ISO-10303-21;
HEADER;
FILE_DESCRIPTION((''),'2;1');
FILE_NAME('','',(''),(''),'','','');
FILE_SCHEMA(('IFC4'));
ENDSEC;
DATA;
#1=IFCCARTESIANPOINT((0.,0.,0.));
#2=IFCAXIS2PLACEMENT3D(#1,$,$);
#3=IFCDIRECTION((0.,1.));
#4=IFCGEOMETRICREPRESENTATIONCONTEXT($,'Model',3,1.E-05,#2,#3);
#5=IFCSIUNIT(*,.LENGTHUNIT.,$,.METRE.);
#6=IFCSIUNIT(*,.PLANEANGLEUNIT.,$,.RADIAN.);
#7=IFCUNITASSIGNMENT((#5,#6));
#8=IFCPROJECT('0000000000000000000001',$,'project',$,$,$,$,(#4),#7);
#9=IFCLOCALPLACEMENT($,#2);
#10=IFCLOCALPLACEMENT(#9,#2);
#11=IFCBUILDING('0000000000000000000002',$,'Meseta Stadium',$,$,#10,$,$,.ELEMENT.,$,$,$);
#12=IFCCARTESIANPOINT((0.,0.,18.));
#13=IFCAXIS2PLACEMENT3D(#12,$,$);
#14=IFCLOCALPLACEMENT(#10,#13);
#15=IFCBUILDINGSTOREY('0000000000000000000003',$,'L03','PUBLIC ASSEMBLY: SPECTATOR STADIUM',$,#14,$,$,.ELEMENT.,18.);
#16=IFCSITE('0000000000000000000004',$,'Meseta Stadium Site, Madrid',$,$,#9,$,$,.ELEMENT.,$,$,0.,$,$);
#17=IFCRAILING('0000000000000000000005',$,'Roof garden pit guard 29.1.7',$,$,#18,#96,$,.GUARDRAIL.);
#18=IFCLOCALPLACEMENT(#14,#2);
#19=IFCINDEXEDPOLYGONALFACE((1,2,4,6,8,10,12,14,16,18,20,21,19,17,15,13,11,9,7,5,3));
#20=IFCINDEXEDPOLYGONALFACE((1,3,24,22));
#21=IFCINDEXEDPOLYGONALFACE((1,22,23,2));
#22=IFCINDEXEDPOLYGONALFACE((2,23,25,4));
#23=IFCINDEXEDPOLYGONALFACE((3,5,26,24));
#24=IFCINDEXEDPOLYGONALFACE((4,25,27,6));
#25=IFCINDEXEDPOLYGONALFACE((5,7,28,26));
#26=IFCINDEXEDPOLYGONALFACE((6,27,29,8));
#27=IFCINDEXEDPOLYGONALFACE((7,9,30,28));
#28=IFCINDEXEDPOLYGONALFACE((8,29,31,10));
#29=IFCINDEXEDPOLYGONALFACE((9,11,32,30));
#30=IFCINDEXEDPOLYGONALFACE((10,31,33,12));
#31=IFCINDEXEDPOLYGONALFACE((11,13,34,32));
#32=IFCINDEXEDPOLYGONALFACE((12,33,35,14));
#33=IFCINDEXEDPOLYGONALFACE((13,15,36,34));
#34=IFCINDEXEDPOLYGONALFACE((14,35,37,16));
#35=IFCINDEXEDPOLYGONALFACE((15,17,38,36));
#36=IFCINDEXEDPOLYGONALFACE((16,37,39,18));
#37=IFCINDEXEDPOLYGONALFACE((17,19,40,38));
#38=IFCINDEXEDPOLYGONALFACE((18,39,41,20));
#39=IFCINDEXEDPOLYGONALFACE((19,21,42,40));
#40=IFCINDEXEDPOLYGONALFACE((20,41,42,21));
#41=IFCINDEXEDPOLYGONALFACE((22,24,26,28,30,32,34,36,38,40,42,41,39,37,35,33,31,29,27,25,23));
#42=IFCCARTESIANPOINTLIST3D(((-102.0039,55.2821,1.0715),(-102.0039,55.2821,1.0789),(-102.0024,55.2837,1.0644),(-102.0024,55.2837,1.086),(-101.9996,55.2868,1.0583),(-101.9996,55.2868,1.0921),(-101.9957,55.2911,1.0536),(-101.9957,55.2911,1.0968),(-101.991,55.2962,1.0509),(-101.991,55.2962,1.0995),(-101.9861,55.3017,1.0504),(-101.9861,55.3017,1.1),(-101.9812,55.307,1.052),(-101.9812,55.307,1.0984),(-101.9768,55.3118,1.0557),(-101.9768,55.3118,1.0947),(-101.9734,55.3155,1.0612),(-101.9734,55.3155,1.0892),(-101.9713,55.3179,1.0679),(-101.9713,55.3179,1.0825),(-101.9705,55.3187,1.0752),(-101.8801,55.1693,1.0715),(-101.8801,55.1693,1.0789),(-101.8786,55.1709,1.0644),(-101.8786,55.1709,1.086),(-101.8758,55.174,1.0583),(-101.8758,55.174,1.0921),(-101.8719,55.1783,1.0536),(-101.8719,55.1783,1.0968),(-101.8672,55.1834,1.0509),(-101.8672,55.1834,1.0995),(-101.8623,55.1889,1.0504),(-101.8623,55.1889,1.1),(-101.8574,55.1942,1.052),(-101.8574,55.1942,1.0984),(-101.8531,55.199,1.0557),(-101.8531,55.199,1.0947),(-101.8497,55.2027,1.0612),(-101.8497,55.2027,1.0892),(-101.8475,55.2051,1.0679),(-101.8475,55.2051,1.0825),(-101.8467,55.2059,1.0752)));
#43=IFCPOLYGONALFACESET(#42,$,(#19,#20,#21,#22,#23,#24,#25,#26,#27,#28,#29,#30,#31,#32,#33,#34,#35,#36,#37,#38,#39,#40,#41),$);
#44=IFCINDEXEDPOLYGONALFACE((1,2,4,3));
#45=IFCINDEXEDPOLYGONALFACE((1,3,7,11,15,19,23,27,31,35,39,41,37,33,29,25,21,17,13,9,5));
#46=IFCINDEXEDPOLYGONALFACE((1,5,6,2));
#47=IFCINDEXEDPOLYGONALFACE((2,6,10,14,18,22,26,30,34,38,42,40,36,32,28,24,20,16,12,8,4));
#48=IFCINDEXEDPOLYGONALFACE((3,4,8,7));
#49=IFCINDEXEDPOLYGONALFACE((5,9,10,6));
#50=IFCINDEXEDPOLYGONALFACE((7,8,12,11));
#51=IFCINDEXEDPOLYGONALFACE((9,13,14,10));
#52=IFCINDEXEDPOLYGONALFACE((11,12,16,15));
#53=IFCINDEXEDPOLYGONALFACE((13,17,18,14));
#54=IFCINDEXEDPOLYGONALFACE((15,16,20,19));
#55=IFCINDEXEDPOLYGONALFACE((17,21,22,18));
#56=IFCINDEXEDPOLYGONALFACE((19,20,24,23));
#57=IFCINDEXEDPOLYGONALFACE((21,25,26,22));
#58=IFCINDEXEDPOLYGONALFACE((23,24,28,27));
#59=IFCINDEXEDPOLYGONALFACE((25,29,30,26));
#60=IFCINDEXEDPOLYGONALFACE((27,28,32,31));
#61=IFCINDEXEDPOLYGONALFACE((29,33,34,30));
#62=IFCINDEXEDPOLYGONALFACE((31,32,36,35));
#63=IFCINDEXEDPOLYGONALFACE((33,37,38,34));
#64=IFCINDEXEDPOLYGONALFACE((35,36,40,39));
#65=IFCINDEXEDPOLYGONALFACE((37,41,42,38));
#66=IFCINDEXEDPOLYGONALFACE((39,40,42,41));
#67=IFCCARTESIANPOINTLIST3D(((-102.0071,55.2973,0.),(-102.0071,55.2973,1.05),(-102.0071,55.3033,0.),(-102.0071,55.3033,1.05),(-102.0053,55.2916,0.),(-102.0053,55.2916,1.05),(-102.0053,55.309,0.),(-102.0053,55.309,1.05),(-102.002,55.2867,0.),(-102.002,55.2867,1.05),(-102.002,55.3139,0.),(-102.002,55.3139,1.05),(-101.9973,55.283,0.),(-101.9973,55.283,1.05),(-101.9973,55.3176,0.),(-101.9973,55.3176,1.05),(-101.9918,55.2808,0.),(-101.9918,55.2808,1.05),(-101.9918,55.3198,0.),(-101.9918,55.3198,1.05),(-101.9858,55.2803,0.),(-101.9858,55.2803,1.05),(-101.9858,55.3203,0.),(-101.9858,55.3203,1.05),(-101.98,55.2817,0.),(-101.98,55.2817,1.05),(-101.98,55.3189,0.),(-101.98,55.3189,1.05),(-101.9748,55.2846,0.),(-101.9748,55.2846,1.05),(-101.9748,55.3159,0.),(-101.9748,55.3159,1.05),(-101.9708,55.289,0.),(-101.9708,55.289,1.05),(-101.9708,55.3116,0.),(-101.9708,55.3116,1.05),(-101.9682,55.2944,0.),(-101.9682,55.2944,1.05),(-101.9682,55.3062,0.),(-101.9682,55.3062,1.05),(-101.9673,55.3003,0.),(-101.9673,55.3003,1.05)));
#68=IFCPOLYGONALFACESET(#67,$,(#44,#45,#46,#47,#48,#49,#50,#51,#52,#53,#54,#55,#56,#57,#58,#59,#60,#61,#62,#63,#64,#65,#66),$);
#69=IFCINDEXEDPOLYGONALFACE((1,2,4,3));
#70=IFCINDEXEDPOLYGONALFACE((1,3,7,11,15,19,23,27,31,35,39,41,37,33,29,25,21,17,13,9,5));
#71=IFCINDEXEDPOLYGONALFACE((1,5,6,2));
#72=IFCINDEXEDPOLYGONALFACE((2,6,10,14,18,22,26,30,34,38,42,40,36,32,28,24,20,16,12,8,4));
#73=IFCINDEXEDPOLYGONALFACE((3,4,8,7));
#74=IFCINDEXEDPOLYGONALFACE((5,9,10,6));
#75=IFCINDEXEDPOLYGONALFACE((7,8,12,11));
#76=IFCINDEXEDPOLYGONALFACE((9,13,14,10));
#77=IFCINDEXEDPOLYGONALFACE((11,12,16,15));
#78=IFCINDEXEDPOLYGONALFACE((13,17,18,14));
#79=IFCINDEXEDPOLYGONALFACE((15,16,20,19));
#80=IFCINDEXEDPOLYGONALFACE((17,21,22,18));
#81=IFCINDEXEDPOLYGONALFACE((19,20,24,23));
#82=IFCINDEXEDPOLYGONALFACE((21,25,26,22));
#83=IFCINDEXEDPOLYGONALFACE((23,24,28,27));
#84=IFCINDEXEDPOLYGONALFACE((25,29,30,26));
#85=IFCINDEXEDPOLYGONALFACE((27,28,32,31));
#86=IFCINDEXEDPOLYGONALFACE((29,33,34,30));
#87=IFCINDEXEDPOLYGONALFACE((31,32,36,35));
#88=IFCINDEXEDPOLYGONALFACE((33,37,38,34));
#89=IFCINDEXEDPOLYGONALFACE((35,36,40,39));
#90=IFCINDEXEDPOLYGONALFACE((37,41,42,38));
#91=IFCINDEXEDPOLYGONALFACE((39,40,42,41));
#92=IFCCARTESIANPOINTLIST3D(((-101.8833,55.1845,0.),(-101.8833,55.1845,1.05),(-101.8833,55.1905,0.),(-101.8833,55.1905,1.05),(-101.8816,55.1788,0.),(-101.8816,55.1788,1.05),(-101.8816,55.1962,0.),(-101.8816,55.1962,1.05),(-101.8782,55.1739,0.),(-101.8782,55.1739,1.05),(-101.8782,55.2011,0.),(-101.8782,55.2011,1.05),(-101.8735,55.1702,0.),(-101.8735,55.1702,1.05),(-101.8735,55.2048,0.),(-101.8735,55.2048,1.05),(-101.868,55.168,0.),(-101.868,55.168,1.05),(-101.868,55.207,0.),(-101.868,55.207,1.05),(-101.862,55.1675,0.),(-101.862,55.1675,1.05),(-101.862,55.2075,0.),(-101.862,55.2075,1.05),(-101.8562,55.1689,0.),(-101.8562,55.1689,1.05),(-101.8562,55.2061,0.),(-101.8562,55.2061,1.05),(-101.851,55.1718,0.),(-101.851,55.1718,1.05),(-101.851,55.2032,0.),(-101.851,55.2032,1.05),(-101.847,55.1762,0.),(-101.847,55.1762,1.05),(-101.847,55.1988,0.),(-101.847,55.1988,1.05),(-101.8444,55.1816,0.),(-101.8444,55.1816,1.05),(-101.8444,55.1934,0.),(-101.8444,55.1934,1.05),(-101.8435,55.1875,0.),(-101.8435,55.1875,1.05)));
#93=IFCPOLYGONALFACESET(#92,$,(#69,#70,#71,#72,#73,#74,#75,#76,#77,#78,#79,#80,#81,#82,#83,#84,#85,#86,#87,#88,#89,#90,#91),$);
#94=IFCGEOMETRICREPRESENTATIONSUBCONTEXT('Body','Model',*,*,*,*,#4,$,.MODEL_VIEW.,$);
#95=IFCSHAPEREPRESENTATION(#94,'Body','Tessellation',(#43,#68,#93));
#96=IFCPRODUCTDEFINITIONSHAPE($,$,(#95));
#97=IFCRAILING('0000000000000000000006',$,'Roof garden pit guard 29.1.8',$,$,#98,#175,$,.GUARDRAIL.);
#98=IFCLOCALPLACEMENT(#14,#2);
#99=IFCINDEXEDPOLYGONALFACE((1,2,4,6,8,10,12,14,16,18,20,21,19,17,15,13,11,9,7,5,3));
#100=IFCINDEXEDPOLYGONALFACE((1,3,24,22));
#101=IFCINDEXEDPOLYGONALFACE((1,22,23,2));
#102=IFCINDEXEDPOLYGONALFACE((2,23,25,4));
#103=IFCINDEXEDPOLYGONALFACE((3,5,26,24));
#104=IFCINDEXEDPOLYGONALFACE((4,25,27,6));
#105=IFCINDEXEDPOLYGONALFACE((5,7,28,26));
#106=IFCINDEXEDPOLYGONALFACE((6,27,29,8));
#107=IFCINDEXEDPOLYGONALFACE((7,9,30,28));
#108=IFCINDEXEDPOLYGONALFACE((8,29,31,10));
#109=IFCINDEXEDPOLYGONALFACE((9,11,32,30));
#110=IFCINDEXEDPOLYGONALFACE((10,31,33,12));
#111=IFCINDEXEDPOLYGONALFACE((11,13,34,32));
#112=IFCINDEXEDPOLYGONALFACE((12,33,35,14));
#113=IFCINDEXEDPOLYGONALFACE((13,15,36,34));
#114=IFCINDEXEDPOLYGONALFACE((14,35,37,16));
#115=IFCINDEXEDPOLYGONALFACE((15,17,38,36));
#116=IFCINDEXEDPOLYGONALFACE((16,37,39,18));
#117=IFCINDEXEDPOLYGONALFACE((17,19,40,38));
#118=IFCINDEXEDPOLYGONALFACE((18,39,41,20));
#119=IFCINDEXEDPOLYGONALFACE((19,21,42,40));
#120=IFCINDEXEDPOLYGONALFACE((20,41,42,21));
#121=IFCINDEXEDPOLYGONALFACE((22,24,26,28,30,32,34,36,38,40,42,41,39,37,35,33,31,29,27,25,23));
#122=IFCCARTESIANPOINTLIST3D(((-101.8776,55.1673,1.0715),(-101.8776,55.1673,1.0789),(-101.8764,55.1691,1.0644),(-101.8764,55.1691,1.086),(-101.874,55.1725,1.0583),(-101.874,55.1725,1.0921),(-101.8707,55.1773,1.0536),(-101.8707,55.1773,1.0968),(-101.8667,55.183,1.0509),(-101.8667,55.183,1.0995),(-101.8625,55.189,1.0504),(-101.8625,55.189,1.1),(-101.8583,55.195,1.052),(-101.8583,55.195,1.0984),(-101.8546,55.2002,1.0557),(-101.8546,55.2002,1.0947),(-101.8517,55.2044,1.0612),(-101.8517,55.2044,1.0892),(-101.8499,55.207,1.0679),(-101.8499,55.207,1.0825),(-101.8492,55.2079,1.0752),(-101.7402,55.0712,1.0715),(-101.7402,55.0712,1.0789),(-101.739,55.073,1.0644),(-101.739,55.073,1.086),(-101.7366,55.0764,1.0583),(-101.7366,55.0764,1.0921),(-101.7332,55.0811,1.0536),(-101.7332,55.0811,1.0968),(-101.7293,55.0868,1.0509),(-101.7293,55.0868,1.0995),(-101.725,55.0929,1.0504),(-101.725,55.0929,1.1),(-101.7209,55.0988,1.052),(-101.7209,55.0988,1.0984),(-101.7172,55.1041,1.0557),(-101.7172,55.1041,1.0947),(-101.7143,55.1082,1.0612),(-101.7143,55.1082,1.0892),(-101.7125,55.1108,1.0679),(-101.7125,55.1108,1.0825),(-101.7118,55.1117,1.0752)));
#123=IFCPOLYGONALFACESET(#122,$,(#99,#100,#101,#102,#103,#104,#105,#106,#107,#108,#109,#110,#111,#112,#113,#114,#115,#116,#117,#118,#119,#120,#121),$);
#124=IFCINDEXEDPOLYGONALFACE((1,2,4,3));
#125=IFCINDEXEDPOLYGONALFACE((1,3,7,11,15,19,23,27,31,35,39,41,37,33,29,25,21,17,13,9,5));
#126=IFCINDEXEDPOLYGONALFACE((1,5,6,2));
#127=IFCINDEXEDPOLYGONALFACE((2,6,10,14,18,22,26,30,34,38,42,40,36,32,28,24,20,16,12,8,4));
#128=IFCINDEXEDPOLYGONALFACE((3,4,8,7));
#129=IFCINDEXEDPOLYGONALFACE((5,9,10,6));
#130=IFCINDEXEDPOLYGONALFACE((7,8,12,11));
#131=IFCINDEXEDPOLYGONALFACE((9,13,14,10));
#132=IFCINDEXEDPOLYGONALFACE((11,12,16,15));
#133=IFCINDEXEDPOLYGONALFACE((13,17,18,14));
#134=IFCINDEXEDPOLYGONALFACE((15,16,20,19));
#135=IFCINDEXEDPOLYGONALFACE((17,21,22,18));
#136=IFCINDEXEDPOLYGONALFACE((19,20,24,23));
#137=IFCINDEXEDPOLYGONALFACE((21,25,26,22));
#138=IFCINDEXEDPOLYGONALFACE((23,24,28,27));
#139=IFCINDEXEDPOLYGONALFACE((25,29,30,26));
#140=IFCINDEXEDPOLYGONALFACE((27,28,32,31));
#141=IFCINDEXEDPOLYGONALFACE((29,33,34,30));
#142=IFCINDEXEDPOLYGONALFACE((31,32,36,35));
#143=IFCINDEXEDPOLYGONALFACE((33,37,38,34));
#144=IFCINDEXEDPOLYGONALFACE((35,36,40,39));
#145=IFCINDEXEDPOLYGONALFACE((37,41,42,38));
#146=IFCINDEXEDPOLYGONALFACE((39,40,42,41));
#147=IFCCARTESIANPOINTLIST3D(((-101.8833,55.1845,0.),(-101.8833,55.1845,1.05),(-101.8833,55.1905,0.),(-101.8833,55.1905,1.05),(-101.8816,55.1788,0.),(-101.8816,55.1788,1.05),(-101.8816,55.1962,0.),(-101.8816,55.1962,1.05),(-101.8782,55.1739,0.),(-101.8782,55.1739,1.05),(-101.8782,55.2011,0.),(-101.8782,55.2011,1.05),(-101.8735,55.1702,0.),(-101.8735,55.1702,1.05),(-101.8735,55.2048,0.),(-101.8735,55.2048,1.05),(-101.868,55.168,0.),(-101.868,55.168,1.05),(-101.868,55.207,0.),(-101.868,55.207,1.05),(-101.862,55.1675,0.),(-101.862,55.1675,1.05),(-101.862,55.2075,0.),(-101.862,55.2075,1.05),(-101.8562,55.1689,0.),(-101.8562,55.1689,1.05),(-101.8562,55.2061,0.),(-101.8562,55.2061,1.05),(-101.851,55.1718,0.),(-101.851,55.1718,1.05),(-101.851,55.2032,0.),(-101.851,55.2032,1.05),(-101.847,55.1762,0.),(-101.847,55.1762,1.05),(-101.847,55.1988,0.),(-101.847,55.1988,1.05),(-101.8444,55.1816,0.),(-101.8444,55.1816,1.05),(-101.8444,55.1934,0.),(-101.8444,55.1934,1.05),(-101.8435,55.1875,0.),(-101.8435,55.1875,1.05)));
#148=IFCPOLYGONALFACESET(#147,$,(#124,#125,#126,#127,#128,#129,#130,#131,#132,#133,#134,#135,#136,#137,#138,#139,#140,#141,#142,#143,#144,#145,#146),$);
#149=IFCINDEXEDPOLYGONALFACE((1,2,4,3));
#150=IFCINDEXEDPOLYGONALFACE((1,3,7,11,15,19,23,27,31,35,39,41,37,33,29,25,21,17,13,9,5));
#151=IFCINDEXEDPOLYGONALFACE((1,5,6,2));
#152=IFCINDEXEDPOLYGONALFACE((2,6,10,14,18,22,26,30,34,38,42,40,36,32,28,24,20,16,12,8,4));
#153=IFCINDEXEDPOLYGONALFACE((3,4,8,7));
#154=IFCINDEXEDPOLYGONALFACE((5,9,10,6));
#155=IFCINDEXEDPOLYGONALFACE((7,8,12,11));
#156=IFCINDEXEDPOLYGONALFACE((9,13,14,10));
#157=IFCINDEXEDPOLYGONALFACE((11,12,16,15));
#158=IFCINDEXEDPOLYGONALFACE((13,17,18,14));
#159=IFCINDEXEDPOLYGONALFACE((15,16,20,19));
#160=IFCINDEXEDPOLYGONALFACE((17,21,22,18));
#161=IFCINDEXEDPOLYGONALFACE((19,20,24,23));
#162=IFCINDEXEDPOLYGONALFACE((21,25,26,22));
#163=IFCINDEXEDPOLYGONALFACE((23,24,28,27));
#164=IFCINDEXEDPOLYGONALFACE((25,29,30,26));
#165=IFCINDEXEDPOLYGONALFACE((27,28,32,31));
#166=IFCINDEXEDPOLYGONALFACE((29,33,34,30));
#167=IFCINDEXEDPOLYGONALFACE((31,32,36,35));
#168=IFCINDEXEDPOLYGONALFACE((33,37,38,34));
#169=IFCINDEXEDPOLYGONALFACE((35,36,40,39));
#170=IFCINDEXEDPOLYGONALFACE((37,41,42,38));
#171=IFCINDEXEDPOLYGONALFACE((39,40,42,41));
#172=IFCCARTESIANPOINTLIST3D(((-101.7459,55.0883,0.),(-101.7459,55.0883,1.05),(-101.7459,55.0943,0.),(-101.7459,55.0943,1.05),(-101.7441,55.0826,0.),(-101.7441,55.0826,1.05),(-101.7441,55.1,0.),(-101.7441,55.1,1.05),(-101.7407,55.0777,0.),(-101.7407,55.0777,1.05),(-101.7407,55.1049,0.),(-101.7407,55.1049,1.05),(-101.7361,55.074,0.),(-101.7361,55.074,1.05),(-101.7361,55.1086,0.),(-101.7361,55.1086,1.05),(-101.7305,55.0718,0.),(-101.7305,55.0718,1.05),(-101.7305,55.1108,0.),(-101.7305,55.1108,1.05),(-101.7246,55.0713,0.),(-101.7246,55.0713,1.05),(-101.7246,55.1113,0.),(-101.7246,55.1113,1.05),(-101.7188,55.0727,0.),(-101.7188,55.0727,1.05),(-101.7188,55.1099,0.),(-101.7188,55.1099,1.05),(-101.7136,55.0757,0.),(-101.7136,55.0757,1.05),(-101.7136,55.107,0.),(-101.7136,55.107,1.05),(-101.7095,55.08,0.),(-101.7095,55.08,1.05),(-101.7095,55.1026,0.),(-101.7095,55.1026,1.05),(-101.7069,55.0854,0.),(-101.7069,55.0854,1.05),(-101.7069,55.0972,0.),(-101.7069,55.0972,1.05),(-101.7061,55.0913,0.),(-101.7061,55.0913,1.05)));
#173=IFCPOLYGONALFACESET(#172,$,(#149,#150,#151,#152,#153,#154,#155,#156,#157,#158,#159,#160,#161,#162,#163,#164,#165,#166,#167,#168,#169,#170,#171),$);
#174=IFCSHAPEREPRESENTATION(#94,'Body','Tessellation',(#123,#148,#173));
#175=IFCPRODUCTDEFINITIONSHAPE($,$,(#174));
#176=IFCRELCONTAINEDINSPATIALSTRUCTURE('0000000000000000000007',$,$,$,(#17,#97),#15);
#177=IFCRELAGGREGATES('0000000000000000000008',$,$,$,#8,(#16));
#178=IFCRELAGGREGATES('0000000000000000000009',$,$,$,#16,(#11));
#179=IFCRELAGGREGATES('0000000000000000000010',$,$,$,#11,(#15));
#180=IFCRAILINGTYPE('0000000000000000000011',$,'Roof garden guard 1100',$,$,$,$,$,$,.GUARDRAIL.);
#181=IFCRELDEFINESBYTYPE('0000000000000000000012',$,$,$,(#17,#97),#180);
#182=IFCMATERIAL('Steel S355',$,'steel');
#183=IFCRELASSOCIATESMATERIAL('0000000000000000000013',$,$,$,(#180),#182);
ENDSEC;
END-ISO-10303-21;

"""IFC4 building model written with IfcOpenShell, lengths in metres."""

from ifc_helpers import new_model, si_unit, direction, frame, origin, origin_2d, place, context, subcontext, project, spatial, circle, extrude, material, type_object, element, save


model = new_model("IFC4")

# Units and contexts
model_context = context("Model", 3, precision=1e-05, world=origin(), true_north=direction((0.0, 1.0)))
body_context = subcontext(model_context, "Body", "Model", "MODEL_VIEW")
ifc_project = project(units=[si_unit("LENGTHUNIT", "METRE"), si_unit("PLANEANGLEUNIT", "RADIAN")], contexts=[model_context])

# Site, building, storey
site_placement = place(None, origin())
site = spatial("IfcSite", under=ifc_project, at=site_placement, Name="Meseta Stadium Site, Madrid", CompositionType="ELEMENT", RefElevation=0.0)
building_placement = place(site_placement, origin())
building = spatial("IfcBuilding", under=site, at=building_placement, Name="Meseta Stadium", CompositionType="ELEMENT")
storey_placement = place(building_placement, frame((0.0, 0.0, 18.0)))
storey = spatial("IfcBuildingStorey", under=building, at=storey_placement, Name="L03", Description="PUBLIC ASSEMBLY: SPECTATOR STADIUM", CompositionType="ELEMENT", Elevation=18.0)

# Railings
ifc_material_1 = material(Name="Steel S355", Category="steel")
railing_type = type_object("IfcRailingType", Name="Roof garden guard 1100", PredefinedType="GUARDRAIL", material=ifc_material_1)
railing_1_placement = place(storey_placement, frame((-101.9873, 55.3003, 0.0)))
element("IfcRailing", 1, at=railing_1_placement, inside=storey, type_object=railing_type, Name="Roof garden pit guard 29.1.7", PredefinedType="GUARDRAIL", context=body_context, shape_type="SweptSolid", body=[
    extrude(circle(Radius=0.0249, at=origin_2d()), frame((0.0, 0.0, 1.0752), z_axis=(0.739148, -0.673543, 0.0), x_axis=(0.673543, 0.739148, 0.0)), (0.0, 0.0, 1.0), 0.1675),
    extrude(circle(Radius=0.02, at=origin_2d()), origin(), (0.0, 0.0, 1.0), 1.05),
    extrude(circle(Radius=0.02, at=origin_2d()), frame((0.1238, -0.1128, 0.0)), (0.0, 0.0, 1.0), 1.05),
])
railing_2_placement = place(storey_placement, frame((-101.8635, 55.1875, 0.0)))
element("IfcRailing", 2, at=railing_2_placement, inside=storey, type_object=railing_type, Name="Roof garden pit guard 29.1.8", PredefinedType="GUARDRAIL", context=body_context, shape_type="SweptSolid", body=[
    extrude(circle(Radius=0.0249, at=origin_2d()), frame((0.0, 0.0, 1.0752), z_axis=(0.8193, -0.573365, 0.0), x_axis=(0.573365, 0.8193, 0.0)), (0.0, 0.0, 1.0), 0.1677),
    extrude(circle(Radius=0.02, at=origin_2d()), origin(), (0.0, 0.0, 1.0), 1.05),
    extrude(circle(Radius=0.02, at=origin_2d()), frame((0.1375, -0.0962, 0.0)), (0.0, 0.0, 1.0), 1.05),
])

save(model, "model.ifc")
